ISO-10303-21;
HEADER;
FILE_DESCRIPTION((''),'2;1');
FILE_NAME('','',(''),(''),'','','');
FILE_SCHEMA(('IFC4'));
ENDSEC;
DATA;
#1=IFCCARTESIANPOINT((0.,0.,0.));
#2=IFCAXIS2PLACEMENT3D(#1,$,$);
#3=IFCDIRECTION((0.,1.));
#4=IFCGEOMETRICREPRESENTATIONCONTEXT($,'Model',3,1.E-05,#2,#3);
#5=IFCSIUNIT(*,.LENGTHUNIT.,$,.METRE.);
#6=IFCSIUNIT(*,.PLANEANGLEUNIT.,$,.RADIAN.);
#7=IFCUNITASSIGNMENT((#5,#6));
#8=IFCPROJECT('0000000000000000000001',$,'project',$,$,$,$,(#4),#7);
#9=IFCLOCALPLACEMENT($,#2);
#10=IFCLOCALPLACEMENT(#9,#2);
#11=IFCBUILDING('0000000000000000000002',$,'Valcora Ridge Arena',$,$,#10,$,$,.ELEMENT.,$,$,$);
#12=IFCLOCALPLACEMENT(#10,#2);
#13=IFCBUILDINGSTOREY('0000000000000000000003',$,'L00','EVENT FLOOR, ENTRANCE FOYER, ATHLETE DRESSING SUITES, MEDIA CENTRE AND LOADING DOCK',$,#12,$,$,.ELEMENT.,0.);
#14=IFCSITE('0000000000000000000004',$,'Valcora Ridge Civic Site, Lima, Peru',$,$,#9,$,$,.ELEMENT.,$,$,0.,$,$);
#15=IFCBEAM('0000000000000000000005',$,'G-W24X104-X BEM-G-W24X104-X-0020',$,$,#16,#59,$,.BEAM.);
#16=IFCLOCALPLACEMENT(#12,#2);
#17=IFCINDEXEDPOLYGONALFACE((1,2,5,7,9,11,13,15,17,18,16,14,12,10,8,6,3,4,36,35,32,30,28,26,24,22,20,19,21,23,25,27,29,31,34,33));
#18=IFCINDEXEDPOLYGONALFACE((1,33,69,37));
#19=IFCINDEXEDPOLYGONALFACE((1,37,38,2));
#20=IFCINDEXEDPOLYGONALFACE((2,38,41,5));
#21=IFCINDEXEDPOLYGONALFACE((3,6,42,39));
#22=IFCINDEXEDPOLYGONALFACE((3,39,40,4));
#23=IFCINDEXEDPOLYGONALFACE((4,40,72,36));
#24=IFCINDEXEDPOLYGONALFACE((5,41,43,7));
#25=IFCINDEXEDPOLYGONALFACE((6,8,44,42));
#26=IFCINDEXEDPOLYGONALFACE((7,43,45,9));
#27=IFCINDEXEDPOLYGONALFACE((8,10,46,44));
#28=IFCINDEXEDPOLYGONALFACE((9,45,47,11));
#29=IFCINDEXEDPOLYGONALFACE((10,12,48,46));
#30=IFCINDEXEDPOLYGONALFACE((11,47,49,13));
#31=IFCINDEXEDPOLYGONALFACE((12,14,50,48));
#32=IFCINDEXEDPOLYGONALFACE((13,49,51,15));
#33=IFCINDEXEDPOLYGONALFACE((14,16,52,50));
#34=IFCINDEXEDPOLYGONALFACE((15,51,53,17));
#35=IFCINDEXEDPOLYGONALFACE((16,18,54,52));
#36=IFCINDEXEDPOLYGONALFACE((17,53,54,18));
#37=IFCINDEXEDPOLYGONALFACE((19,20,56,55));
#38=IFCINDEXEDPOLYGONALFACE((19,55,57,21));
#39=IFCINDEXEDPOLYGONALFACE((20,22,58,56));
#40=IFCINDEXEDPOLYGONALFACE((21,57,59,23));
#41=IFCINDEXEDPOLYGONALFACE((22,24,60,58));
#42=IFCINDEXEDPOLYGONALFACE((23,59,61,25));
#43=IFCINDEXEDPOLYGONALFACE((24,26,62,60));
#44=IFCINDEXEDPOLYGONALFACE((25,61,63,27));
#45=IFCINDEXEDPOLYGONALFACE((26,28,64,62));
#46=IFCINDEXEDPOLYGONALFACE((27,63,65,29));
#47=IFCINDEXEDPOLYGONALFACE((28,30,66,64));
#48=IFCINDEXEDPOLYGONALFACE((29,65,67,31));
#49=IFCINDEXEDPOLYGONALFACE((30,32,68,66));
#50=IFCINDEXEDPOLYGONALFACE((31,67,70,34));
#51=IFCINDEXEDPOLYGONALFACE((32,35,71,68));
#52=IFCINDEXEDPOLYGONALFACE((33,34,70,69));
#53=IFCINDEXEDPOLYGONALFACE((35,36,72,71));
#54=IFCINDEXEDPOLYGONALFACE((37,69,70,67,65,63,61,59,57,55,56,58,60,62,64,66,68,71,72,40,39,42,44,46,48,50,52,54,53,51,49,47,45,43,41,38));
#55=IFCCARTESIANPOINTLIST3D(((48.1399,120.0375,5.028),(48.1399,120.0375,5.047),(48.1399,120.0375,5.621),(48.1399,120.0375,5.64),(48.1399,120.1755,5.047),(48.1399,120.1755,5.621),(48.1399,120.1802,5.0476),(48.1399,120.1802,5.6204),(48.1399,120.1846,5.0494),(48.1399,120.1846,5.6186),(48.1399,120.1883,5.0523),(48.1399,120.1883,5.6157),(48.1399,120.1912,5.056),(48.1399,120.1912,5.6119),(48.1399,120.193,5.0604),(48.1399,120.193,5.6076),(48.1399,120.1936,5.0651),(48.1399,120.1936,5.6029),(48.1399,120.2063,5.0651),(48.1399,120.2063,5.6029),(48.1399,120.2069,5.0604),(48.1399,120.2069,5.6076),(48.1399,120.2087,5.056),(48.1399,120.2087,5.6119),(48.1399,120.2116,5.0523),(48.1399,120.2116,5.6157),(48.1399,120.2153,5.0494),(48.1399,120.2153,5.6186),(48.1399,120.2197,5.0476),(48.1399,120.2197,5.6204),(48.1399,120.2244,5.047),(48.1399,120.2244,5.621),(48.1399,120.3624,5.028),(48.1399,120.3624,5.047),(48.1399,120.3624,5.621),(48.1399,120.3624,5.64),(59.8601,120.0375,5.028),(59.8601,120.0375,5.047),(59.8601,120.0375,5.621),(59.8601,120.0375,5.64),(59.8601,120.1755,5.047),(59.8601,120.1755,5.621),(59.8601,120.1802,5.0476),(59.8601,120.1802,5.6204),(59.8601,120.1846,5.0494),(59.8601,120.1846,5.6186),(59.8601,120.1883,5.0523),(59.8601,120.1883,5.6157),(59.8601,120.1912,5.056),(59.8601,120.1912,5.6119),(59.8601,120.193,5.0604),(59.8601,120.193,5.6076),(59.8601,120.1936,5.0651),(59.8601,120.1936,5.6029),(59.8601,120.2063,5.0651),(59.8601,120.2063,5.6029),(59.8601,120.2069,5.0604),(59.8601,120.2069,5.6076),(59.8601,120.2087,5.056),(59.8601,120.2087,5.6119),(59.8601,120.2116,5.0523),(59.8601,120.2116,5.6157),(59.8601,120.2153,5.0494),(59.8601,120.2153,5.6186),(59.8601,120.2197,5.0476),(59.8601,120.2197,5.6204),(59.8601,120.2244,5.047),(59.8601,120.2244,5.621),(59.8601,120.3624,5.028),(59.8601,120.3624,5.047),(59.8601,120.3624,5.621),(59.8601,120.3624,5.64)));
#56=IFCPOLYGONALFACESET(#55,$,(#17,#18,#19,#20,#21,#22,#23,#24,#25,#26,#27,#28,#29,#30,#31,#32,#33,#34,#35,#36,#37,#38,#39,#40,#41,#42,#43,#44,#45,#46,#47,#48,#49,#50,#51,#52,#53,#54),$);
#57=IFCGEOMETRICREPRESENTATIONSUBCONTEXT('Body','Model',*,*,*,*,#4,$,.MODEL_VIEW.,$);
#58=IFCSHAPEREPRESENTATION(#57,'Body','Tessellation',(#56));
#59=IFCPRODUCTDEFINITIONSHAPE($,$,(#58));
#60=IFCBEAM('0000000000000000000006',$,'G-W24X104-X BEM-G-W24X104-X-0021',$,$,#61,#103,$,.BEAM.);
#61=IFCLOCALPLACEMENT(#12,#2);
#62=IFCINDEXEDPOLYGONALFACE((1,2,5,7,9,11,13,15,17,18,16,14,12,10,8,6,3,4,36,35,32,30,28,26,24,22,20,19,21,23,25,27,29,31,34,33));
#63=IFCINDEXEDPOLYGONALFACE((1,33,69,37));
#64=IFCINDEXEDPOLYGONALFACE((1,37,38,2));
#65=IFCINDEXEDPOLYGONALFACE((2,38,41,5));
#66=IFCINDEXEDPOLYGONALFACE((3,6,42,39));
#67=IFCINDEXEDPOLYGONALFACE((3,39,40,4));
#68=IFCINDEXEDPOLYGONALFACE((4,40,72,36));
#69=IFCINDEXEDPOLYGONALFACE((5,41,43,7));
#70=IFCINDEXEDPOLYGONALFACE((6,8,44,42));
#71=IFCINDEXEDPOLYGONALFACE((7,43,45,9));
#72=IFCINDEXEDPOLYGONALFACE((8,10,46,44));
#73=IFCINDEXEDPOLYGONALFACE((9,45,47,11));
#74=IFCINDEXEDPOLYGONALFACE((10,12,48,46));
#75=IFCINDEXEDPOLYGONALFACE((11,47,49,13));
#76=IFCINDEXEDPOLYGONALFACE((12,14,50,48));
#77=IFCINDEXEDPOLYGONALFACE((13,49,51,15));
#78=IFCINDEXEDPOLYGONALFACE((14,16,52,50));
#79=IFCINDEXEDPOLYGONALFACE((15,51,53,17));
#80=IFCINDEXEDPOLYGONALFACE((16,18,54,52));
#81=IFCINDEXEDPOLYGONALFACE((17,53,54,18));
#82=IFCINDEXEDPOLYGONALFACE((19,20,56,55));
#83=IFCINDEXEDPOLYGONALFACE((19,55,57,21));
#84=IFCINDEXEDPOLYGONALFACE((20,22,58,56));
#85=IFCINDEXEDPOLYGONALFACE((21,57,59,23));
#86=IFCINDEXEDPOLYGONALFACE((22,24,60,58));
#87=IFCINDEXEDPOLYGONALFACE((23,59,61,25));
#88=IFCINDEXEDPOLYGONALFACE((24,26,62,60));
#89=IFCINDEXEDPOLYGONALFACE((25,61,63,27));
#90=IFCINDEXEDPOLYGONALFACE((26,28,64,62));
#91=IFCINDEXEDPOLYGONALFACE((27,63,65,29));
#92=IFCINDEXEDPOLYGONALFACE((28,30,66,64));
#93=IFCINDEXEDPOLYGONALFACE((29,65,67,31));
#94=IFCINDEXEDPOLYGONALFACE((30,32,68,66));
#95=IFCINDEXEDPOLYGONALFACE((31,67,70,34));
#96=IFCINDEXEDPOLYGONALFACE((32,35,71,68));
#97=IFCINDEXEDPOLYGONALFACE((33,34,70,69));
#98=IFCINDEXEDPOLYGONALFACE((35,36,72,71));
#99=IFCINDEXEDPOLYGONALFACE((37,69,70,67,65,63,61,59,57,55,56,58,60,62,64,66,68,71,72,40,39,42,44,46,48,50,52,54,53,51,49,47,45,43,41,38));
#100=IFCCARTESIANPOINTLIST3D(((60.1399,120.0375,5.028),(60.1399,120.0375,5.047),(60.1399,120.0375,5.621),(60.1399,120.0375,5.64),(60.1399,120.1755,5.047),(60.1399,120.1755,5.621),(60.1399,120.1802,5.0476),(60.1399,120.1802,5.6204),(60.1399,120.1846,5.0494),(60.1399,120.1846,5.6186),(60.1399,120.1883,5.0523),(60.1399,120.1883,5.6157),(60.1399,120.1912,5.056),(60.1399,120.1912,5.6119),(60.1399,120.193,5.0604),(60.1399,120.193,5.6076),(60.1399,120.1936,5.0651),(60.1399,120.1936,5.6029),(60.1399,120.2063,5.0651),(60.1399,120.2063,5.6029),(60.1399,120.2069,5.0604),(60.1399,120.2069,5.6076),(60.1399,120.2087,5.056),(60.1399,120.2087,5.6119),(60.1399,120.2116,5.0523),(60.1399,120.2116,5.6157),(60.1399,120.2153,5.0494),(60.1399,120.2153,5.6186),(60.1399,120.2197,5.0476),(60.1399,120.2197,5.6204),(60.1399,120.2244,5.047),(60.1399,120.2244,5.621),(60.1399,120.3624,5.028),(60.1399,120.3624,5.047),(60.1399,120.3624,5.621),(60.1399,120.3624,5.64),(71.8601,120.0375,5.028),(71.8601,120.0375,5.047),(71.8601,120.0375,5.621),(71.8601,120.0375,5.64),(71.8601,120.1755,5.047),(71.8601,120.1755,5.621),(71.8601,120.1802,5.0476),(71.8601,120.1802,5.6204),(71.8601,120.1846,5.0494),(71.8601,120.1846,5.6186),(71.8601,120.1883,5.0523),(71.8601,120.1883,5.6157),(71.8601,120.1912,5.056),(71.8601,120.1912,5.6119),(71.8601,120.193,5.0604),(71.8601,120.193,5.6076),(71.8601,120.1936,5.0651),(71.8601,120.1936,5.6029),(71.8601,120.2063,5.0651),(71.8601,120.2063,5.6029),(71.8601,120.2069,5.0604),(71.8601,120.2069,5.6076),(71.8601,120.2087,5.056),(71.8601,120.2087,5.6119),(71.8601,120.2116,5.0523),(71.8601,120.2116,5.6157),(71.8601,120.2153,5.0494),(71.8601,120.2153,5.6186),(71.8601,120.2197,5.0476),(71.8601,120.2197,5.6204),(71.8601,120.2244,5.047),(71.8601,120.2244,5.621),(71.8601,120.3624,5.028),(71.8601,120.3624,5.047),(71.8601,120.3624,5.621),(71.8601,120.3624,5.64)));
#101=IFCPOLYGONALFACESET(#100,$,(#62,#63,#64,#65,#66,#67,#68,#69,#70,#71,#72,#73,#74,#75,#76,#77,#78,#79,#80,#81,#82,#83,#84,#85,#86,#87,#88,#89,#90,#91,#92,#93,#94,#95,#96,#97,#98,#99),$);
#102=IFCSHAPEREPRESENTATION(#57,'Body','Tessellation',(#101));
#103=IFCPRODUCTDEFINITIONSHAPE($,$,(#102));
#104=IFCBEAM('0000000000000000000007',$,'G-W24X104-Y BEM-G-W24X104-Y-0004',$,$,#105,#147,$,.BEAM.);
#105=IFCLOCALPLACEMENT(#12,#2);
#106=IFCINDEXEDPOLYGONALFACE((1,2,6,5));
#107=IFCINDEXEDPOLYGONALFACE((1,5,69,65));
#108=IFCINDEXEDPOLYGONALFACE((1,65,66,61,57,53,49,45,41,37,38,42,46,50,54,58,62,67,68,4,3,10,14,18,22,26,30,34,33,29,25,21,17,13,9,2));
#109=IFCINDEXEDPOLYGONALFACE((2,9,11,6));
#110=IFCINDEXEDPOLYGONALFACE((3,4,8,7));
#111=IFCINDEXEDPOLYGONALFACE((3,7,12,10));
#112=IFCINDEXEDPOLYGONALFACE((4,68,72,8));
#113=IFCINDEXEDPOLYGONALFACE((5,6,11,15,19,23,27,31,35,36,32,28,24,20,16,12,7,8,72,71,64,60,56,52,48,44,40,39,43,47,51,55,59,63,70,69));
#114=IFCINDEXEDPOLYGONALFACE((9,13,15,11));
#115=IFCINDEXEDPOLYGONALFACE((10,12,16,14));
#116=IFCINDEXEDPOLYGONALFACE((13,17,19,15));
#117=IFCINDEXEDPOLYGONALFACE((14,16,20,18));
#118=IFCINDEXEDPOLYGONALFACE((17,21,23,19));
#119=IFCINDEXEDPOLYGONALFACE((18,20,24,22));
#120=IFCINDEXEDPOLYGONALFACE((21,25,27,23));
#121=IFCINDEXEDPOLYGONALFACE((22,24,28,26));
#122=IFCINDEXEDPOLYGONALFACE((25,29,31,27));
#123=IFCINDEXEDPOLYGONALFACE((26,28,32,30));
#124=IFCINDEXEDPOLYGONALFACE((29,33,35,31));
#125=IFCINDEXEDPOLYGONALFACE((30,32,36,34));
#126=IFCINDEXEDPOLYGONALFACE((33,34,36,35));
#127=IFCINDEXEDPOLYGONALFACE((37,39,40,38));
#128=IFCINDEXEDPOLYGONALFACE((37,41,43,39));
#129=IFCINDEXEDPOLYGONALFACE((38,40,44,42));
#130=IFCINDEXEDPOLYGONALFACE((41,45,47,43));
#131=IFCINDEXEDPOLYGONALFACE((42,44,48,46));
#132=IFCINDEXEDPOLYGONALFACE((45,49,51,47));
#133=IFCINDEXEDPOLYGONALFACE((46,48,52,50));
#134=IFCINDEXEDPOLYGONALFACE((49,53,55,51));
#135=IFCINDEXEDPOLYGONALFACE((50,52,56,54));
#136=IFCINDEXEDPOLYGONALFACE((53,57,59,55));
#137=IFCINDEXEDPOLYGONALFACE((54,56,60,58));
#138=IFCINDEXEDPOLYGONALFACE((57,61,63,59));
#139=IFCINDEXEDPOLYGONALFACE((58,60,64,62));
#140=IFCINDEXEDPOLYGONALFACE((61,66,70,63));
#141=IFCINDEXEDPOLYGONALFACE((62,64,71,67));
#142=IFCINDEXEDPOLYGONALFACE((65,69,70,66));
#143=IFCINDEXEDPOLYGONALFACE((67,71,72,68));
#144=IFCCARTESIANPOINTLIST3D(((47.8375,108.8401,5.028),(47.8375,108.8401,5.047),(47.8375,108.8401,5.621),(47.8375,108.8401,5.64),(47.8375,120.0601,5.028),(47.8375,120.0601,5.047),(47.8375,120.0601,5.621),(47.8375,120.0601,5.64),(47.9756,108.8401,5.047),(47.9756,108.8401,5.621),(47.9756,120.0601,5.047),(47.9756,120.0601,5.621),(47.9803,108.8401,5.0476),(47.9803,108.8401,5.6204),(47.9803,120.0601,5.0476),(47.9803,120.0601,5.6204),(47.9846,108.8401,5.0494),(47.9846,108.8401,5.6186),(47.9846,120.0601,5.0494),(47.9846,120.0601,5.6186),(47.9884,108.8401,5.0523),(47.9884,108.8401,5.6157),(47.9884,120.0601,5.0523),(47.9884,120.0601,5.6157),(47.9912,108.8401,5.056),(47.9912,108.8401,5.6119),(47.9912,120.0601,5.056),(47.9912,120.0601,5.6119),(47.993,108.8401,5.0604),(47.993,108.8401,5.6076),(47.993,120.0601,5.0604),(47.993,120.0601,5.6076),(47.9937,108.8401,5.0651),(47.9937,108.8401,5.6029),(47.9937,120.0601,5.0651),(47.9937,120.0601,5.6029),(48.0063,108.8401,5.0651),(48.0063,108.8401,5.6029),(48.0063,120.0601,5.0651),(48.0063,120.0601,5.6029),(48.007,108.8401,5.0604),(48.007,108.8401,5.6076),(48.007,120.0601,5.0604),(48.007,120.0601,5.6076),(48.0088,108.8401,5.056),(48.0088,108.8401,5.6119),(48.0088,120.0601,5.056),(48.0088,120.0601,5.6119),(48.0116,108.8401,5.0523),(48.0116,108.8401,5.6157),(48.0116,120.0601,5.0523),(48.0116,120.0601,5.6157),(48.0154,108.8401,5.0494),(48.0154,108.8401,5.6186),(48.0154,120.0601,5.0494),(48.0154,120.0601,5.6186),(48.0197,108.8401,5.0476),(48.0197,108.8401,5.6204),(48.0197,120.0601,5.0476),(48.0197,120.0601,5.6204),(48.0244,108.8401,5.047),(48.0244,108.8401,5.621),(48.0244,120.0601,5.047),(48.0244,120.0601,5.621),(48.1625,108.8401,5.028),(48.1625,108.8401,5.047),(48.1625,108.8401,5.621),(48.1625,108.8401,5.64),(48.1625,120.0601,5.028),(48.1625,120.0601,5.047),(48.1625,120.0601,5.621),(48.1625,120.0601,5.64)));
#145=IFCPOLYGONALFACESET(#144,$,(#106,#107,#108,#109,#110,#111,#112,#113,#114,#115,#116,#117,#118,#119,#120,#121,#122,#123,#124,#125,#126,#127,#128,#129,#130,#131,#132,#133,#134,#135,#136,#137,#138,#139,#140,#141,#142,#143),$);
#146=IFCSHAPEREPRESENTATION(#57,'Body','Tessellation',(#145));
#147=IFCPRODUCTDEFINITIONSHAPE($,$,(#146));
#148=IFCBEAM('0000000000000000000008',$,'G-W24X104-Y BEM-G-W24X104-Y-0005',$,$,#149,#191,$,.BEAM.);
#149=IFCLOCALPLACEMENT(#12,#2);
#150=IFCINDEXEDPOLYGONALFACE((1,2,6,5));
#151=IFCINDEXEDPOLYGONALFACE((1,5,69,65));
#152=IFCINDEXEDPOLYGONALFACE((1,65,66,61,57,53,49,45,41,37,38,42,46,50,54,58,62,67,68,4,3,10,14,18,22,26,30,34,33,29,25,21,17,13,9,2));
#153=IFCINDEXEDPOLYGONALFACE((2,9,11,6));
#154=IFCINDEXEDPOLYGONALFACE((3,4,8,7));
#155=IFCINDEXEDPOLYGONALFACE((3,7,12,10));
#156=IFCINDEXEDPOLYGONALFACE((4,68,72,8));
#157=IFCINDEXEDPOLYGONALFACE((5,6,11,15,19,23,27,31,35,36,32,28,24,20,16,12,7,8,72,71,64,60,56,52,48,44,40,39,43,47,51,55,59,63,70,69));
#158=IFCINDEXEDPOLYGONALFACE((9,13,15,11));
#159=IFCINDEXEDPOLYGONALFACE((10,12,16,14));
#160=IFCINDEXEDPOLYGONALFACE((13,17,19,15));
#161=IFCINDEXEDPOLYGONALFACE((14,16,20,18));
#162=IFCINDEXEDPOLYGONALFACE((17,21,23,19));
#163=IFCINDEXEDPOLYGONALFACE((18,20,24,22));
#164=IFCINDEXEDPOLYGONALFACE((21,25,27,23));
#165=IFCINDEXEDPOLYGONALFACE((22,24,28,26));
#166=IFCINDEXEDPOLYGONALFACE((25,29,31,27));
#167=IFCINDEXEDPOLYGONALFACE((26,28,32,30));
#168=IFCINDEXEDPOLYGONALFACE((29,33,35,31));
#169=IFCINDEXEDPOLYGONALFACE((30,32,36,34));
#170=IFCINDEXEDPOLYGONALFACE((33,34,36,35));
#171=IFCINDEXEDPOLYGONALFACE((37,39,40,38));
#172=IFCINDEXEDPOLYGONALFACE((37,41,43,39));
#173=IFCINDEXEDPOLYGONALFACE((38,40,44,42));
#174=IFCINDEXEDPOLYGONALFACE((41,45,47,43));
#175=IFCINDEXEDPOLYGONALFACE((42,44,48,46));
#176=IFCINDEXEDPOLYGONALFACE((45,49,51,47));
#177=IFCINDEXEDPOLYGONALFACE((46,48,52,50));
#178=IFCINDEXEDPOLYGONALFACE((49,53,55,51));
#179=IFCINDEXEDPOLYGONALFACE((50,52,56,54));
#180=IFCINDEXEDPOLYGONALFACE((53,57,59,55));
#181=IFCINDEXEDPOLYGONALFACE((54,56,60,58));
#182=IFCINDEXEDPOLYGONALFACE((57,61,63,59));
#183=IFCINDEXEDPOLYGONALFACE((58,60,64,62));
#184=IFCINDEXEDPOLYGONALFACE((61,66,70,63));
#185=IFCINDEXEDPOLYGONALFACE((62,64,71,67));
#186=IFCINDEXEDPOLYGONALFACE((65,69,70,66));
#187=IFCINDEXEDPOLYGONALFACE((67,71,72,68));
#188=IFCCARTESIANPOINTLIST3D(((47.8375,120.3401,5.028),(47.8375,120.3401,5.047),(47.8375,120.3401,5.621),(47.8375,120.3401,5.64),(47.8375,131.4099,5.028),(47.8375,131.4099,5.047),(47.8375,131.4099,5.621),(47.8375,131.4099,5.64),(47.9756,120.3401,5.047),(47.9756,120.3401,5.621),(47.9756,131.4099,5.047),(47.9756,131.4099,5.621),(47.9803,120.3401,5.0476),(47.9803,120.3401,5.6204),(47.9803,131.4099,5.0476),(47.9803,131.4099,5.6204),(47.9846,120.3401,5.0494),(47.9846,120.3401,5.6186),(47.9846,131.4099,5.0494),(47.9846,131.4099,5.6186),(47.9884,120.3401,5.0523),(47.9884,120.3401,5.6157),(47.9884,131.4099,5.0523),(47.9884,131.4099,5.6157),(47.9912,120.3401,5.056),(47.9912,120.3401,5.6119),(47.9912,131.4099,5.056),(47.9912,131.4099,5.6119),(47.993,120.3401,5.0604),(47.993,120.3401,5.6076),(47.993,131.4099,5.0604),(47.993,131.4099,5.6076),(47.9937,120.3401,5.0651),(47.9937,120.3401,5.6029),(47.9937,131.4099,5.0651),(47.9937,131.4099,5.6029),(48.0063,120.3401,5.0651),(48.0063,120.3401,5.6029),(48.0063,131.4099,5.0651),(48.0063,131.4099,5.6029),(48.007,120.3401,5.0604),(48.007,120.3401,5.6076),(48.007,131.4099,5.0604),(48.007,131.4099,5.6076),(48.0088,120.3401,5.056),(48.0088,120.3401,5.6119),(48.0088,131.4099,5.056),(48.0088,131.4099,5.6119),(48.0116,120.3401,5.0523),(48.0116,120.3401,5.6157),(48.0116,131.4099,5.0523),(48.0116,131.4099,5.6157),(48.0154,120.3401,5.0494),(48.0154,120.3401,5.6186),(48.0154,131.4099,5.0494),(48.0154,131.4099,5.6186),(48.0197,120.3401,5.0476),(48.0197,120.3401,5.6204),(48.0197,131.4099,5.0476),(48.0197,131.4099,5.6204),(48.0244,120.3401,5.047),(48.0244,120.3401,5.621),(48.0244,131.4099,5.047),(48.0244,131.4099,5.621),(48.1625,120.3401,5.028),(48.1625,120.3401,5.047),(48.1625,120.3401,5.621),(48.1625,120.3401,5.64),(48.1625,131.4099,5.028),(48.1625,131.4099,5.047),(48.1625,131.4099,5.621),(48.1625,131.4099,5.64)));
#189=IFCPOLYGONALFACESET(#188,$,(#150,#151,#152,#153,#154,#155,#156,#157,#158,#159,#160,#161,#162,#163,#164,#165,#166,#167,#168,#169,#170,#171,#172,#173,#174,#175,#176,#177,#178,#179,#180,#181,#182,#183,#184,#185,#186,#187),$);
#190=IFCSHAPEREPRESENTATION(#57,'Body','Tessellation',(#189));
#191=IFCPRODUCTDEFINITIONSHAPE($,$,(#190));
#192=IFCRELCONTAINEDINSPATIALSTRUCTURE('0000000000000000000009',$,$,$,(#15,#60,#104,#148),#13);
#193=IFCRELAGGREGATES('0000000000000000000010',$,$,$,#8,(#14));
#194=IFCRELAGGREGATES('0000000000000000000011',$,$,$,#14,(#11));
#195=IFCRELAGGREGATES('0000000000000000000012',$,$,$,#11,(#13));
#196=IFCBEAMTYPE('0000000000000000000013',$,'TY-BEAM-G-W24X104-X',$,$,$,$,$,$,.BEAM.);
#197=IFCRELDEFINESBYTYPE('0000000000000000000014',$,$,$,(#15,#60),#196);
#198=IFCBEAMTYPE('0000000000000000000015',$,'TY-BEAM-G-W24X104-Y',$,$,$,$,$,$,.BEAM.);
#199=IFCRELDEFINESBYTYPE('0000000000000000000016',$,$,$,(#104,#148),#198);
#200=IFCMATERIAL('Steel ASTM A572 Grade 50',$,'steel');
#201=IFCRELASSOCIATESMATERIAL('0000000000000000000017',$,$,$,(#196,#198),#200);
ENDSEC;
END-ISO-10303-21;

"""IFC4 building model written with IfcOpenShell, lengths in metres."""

from ifc_helpers import new_model, si_unit, direction, frame, origin, origin_2d, place, context, subcontext, project, spatial, i_section, extrude, material, material_profile, profile_set, type_object, element, save


model = new_model("IFC4")

# Units and contexts
model_context = context("Model", 3, precision=1e-05, world=origin(), true_north=direction((0.0, 1.0)))
body_context = subcontext(model_context, "Body", "Model", "MODEL_VIEW")
ifc_project = project(units=[si_unit("LENGTHUNIT", "METRE"), si_unit("PLANEANGLEUNIT", "RADIAN")], contexts=[model_context])

# Site, building, storey
site_placement = place(None, origin())
site = spatial("IfcSite", under=ifc_project, at=site_placement, Name="Valcora Ridge Civic Site, Lima, Peru", CompositionType="ELEMENT", RefElevation=0.0)
building_placement = place(site_placement, origin())
building = spatial("IfcBuilding", under=site, at=building_placement, Name="Valcora Ridge Arena", CompositionType="ELEMENT")
storey_placement = place(building_placement, origin())
storey = spatial("IfcBuildingStorey", under=building, at=storey_placement, Name="L00", Description="EVENT FLOOR, ENTRANCE FOYER, ATHLETE DRESSING SUITES, MEDIA CENTRE AND LOADING DOCK", CompositionType="ELEMENT", Elevation=0.0)

# Beams
ifc_material_1 = material(Name="Steel ASTM A572 Grade 50", Category="steel")
ifc_material_profile_1 = material_profile(ifc_material_1, i_section(OverallWidth=0.325, OverallDepth=0.6121, WebThickness=0.0127, FlangeThickness=0.019, FilletRadius=0.0181, at=origin_2d()), Name="W24X104")
ifc_profile_set_1 = profile_set([ifc_material_profile_1], Name="Steel ASTM A572 Grade 50")
beam_type_1 = type_object("IfcBeamType", Name="TY-BEAM-G-W24X104-X", PredefinedType="BEAM", material=ifc_profile_set_1)
for number, where, z_axis, x_axis, name in (
    (1, (48.1399, 120.2, 5.334), (1.0, 0.0, 0.0), (0.0, 1.0, 0.0), "G-W24X104-X BEM-G-W24X104-X-0020"),
    (2, (60.1399, 120.2, 5.334), (1.0, 0.0, 0.0), (0.0, 1.0, 0.0), "G-W24X104-X BEM-G-W24X104-X-0021"),
):
    element("IfcBeam", number, at=place(storey_placement, frame(where, z_axis=z_axis, x_axis=x_axis)), inside=storey, type_object=beam_type_1, Name=name, PredefinedType="BEAM", context=body_context, shape_type="SweptSolid", body=[
        extrude(i_section(OverallWidth=0.325, OverallDepth=0.6121, WebThickness=0.0127, FlangeThickness=0.019, FilletRadius=0.0181, at=origin_2d()), origin(), (0.0, 0.0, 1.0), 11.7202),
    ])
ifc_material_profile_2 = material_profile(ifc_material_1, i_section(OverallWidth=0.325, OverallDepth=0.6121, WebThickness=0.0127, FlangeThickness=0.019, FilletRadius=0.0181, at=origin_2d()), Name="W24X104")
ifc_profile_set_2 = profile_set([ifc_material_profile_2], Name="Steel ASTM A572 Grade 50")
beam_type_2 = type_object("IfcBeamType", Name="TY-BEAM-G-W24X104-Y", PredefinedType="BEAM", material=ifc_profile_set_2)
beam_1_placement = place(storey_placement, frame((48.0, 108.8401, 5.334), z_axis=(0.0, 1.0, 0.0), x_axis=(-1.0, 0.0, 0.0)))
element("IfcBeam", 3, at=beam_1_placement, inside=storey, type_object=beam_type_2, Name="G-W24X104-Y BEM-G-W24X104-Y-0004", PredefinedType="BEAM", context=body_context, shape_type="SweptSolid", body=[
    extrude(i_section(OverallWidth=0.325, OverallDepth=0.6121, WebThickness=0.0127, FlangeThickness=0.019, FilletRadius=0.0181, at=origin_2d()), origin(), (0.0, 0.0, 1.0), 11.22),
])
beam_2_placement = place(storey_placement, frame((48.0, 120.3401, 5.334), z_axis=(0.0, 1.0, 0.0), x_axis=(-1.0, 0.0, 0.0)))
element("IfcBeam", 4, at=beam_2_placement, inside=storey, type_object=beam_type_2, Name="G-W24X104-Y BEM-G-W24X104-Y-0005", PredefinedType="BEAM", context=body_context, shape_type="SweptSolid", body=[
    extrude(i_section(OverallWidth=0.325, OverallDepth=0.6121, WebThickness=0.0127, FlangeThickness=0.019, FilletRadius=0.0181, at=origin_2d()), origin(), (0.0, 0.0, 1.0), 11.0698),
])

save(model, "model.ifc")
